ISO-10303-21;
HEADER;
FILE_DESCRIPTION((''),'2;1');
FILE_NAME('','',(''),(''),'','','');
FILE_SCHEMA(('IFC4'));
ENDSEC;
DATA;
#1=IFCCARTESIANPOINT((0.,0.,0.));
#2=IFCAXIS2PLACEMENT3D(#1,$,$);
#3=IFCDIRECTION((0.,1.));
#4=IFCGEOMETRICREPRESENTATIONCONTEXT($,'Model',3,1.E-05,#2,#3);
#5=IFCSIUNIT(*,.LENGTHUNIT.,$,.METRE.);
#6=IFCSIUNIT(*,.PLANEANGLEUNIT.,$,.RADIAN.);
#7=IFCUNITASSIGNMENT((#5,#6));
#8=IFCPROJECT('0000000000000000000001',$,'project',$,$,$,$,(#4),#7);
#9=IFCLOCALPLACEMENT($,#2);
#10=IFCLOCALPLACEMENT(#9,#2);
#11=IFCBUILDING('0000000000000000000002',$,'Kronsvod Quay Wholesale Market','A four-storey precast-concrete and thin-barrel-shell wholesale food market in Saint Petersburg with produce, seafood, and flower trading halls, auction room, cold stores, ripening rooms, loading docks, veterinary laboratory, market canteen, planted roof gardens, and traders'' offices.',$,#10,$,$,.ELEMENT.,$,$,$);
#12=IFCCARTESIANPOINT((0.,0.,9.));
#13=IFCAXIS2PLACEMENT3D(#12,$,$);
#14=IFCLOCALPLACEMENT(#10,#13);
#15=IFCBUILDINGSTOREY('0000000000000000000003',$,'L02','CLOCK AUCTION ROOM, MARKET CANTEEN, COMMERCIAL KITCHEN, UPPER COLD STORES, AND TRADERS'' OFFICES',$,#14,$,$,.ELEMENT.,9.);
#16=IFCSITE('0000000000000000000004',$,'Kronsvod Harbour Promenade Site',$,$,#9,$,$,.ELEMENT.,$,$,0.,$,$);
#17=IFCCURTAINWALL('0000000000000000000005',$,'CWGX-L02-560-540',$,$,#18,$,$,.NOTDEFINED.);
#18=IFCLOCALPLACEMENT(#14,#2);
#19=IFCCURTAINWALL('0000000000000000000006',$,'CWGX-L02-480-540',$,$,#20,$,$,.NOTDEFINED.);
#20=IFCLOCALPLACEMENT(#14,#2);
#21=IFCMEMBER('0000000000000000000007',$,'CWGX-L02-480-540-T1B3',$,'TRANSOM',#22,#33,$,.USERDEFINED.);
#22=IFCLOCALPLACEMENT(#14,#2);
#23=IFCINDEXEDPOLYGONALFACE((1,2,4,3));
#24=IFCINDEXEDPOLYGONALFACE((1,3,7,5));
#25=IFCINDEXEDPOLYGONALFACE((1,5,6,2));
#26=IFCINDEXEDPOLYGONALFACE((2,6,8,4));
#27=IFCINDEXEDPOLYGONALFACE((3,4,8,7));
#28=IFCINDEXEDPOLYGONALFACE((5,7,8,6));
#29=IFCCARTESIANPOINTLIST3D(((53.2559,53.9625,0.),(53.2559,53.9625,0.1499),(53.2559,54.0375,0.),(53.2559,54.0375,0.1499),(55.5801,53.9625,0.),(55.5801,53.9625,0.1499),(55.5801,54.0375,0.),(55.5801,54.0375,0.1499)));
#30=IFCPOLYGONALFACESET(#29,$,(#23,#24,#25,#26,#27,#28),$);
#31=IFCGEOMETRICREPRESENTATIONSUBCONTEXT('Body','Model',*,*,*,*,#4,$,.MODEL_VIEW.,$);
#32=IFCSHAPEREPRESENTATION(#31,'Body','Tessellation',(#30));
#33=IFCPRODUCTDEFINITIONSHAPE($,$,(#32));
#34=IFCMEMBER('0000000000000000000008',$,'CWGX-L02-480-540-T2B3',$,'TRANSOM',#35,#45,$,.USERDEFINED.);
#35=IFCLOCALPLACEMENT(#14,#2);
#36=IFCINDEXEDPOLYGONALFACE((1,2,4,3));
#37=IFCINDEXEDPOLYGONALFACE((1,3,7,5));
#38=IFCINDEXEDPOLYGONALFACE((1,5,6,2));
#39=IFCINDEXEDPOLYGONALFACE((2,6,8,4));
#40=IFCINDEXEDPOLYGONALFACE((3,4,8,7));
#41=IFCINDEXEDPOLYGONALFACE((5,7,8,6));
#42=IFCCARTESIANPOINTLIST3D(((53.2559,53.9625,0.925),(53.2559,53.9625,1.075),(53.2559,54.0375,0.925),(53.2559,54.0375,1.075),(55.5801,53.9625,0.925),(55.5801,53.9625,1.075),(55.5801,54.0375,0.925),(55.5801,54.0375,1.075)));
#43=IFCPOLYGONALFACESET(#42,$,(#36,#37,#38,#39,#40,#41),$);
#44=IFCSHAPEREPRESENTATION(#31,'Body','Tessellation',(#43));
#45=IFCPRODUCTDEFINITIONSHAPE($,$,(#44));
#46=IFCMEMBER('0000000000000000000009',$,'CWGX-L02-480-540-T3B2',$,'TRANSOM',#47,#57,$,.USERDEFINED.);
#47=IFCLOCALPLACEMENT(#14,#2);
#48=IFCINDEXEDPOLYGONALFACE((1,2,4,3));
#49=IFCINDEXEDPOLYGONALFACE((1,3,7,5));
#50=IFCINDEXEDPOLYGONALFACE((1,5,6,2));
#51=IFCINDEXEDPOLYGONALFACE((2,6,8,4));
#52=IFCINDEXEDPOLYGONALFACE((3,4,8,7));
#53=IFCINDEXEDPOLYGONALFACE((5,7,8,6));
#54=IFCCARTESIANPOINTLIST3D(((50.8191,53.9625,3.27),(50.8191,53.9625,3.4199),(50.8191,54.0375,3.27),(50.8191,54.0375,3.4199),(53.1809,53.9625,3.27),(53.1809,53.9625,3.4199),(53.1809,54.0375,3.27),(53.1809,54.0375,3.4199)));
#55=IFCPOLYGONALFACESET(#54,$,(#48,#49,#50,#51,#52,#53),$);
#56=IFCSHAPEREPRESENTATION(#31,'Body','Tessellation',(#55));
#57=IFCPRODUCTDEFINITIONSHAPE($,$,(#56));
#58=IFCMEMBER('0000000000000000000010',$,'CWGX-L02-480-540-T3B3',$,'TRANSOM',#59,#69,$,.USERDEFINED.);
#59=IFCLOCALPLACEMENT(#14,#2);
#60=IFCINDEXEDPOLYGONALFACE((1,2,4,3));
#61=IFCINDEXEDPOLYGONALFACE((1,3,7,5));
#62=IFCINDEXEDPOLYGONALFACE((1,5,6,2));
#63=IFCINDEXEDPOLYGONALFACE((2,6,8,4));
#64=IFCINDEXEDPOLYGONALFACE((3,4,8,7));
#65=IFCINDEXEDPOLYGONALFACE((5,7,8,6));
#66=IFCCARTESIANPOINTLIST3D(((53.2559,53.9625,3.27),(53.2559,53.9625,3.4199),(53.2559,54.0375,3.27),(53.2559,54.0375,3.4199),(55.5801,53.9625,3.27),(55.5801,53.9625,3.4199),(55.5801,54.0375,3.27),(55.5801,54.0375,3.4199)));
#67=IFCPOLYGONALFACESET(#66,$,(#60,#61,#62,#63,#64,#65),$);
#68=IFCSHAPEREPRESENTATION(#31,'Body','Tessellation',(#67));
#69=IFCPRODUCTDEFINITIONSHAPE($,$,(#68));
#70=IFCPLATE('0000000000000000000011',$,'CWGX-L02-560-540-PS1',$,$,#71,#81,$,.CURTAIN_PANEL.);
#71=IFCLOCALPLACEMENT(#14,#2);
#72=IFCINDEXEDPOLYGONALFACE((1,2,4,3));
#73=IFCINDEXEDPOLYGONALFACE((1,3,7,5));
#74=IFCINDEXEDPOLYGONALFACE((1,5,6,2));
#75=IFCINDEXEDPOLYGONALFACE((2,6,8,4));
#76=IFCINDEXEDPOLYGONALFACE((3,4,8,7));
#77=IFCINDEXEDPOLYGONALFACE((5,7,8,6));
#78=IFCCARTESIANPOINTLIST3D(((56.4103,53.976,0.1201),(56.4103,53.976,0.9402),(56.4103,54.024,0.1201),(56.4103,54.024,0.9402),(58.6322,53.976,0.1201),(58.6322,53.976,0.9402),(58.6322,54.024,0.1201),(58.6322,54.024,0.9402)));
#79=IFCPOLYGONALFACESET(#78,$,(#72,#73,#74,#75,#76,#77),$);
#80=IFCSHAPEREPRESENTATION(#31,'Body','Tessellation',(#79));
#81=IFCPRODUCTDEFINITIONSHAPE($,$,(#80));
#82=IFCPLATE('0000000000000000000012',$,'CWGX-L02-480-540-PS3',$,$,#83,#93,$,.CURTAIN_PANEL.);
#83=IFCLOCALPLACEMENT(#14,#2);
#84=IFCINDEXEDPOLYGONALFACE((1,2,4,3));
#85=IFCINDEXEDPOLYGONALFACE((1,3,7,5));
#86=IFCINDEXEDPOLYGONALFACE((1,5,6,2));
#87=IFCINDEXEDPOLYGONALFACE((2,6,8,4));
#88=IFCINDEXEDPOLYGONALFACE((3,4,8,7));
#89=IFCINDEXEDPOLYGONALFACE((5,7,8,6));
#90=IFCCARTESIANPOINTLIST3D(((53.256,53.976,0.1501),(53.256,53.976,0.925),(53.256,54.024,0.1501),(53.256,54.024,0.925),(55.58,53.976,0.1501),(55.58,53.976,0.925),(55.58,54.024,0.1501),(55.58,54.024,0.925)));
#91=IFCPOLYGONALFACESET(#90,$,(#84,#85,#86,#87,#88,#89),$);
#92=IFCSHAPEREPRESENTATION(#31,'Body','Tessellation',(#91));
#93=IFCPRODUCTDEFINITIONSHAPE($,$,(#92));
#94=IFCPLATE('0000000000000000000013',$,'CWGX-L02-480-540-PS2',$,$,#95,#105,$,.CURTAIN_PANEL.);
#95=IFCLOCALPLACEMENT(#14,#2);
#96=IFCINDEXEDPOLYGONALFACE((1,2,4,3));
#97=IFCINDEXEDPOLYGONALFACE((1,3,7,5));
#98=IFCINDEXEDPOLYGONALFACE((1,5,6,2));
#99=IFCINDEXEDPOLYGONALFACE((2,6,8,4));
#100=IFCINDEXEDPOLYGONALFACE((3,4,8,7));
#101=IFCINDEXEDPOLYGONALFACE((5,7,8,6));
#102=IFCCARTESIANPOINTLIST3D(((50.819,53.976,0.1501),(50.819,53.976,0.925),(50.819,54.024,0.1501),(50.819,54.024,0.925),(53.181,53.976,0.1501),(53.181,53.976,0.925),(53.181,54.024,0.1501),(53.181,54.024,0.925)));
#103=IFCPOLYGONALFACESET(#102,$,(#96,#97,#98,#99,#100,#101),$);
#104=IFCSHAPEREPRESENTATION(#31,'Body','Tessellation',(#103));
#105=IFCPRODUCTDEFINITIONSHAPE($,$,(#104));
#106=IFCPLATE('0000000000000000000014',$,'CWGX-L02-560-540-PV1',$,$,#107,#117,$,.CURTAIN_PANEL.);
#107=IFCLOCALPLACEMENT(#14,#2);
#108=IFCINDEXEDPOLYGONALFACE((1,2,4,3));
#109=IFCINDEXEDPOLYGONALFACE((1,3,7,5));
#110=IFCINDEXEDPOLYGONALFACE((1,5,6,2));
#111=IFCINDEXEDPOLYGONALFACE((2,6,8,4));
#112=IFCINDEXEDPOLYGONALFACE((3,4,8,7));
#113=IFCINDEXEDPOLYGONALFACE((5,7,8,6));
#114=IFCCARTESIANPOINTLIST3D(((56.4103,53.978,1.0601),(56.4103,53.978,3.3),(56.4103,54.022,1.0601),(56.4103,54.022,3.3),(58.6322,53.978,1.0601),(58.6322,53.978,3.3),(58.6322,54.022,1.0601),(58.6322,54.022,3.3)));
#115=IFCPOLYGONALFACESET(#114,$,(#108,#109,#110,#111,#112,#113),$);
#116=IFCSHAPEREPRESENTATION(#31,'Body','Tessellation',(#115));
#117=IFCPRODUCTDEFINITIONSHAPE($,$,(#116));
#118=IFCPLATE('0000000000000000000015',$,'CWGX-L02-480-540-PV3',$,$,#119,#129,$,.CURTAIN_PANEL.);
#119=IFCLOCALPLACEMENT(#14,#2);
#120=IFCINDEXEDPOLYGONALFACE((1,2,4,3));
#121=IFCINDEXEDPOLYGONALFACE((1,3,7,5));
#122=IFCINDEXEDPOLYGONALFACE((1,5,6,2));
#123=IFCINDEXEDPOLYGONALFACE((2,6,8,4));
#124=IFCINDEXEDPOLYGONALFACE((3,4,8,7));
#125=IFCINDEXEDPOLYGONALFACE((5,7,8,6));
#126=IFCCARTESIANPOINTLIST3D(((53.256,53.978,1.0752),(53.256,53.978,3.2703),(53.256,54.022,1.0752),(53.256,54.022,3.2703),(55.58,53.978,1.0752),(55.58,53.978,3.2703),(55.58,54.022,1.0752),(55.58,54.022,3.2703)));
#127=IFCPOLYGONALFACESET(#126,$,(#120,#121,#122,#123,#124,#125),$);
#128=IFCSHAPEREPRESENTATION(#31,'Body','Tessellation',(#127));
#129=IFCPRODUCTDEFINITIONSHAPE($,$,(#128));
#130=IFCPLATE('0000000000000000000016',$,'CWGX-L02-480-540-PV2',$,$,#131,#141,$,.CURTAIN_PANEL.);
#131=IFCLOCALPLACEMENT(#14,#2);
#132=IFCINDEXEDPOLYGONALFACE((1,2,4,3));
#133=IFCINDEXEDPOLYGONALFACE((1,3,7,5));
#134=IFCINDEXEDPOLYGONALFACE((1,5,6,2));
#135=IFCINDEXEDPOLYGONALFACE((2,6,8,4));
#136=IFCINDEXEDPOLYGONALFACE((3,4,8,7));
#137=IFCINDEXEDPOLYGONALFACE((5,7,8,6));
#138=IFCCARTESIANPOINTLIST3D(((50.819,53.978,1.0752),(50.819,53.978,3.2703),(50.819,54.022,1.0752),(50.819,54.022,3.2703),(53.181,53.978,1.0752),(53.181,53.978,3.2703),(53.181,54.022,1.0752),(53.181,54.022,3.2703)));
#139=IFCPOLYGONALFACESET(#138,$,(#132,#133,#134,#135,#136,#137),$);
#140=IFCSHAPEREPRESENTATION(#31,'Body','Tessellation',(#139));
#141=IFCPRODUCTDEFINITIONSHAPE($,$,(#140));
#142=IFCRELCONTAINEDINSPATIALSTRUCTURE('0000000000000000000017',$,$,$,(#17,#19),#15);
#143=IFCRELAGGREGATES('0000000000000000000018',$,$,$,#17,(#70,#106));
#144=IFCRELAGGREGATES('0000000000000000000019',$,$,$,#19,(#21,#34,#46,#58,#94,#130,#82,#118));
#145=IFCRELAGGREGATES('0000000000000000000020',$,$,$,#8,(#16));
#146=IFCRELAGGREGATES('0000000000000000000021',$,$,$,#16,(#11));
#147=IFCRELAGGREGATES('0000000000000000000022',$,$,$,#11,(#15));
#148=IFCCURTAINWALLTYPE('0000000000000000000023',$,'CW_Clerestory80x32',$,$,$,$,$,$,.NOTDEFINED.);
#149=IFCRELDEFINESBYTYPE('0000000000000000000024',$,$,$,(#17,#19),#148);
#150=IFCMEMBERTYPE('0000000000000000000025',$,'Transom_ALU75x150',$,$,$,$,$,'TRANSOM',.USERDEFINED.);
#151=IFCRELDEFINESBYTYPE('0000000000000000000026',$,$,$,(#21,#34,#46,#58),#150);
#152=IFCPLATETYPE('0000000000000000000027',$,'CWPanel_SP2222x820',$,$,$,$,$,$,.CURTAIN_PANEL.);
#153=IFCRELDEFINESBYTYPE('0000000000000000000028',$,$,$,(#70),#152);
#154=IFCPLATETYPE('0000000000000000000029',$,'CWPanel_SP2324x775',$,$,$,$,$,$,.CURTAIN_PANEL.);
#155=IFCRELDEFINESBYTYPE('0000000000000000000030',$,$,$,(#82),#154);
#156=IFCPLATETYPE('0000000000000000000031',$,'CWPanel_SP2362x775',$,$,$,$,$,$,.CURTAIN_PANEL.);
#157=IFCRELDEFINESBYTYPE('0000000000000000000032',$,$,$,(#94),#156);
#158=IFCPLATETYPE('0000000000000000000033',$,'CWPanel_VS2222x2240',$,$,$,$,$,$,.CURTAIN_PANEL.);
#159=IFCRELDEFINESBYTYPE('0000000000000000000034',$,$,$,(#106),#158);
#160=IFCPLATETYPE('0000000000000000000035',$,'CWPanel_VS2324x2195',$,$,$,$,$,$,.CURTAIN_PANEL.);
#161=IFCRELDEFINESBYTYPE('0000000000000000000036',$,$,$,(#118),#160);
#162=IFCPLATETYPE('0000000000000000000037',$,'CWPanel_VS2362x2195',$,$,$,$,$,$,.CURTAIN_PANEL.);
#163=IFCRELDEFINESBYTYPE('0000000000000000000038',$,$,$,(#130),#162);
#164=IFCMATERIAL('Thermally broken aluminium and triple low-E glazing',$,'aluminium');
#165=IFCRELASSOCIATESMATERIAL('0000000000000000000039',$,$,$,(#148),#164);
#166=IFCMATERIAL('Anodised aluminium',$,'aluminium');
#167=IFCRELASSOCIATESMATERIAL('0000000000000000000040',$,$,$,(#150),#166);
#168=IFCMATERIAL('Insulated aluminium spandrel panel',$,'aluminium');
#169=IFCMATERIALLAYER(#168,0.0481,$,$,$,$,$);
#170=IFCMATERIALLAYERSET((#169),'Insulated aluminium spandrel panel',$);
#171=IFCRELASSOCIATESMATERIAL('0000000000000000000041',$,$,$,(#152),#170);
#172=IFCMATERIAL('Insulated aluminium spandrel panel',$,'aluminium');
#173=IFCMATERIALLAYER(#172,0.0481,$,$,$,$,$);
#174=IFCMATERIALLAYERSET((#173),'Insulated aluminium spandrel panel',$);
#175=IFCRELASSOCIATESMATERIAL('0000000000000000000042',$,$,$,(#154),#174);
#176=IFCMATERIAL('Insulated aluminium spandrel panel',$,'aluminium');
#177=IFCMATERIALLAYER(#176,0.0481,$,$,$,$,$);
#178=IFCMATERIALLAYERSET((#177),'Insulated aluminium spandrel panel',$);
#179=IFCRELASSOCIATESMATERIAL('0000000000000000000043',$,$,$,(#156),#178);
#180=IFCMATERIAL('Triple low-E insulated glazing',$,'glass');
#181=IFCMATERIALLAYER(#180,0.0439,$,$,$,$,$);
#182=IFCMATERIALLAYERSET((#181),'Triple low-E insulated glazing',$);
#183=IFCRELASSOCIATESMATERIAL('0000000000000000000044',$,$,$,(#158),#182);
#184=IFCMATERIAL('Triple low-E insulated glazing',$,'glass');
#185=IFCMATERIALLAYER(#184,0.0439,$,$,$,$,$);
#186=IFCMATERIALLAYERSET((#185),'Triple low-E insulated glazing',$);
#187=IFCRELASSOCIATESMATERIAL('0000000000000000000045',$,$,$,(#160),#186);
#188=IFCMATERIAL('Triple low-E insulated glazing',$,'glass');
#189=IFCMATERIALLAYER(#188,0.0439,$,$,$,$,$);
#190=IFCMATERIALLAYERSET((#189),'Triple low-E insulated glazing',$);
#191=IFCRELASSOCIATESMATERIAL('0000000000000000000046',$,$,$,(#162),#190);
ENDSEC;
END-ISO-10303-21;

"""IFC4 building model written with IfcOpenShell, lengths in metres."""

from ifc_helpers import new_model, si_unit, direction, frame, origin, origin_2d, place, context, subcontext, project, spatial, rectangle, extrude, material, layer, layer_set, material_profile, profile_set, type_object, element, aggregate, save


model = new_model("IFC4")

# Units and contexts
model_context = context("Model", 3, precision=1e-05, world=origin(), true_north=direction((0.0, 1.0)))
body_context = subcontext(model_context, "Body", "Model", "MODEL_VIEW")
ifc_project = project(units=[si_unit("LENGTHUNIT", "METRE"), si_unit("PLANEANGLEUNIT", "RADIAN")], contexts=[model_context])

# Site, building, storey
site_placement = place(None, origin())
site = spatial("IfcSite", under=ifc_project, at=site_placement, Name="Kronsvod Harbour Promenade Site", CompositionType="ELEMENT", RefElevation=0.0)
building_placement = place(site_placement, origin())
building = spatial("IfcBuilding", under=site, at=building_placement, Name="Kronsvod Quay Wholesale Market", Description="A four-storey precast-concrete and thin-barrel-shell wholesale food market in Saint Petersburg with produce, seafood, and flower trading halls, auction room, cold stores, ripening rooms, loading docks, veterinary laboratory, market canteen, planted roof gardens, and traders' offices.", CompositionType="ELEMENT")
storey_placement = place(building_placement, frame((0.0, 0.0, 9.0)))
storey = spatial("IfcBuildingStorey", under=building, at=storey_placement, Name="L02", Description="CLOCK AUCTION ROOM, MARKET CANTEEN, COMMERCIAL KITCHEN, UPPER COLD STORES, AND TRADERS' OFFICES", CompositionType="ELEMENT", Elevation=9.0)

# Curtain walls
ifc_material_1 = material(Name="Thermally broken aluminium and triple low-E glazing", Category="aluminium")
curtain_wall_type = type_object("IfcCurtainWallType", Name="CW_Clerestory80x32", PredefinedType="NOTDEFINED", material=ifc_material_1)
curtain_wall_1_placement = place(storey_placement, origin())
curtain_wall_1 = element("IfcCurtainWall", 1, at=curtain_wall_1_placement, inside=storey, type_object=curtain_wall_type, Name="CWGX-L02-560-540", PredefinedType="NOTDEFINED")
curtain_wall_2_placement = place(storey_placement, origin())
curtain_wall_2 = element("IfcCurtainWall", 2, at=curtain_wall_2_placement, inside=storey, type_object=curtain_wall_type, Name="CWGX-L02-480-540", PredefinedType="NOTDEFINED")

# Members
ifc_material_2 = material(Name="Anodised aluminium", Category="aluminium")
ifc_material_profile_1 = material_profile(ifc_material_2, rectangle(XDim=0.075, YDim=0.1499, at=origin_2d()), Name="ALUT75x150")
ifc_profile_set_1 = profile_set([ifc_material_profile_1], Name="Anodised aluminium")
member_type_1 = type_object("IfcMemberType", Name="Transom_ALU75x150", ElementType="TRANSOM", PredefinedType="USERDEFINED", material=ifc_profile_set_1)
member_1_placement = place(storey_placement, frame((53.2559, 54.0, 0.075), z_axis=(1.0, 0.0, 0.0), x_axis=(0.0, 1.0, 0.0)))
member_1 = element("IfcMember", 3, at=member_1_placement, type_object=member_type_1, Name="CWGX-L02-480-540-T1B3", ObjectType="TRANSOM", PredefinedType="USERDEFINED", context=body_context, shape_type="SweptSolid", body=[
    extrude(rectangle(XDim=0.075, YDim=0.1499, at=origin_2d()), origin(), (0.0, 0.0, 1.0), 2.3242),
])
member_2_placement = place(storey_placement, frame((53.2559, 54.0, 1.0), z_axis=(1.0, 0.0, 0.0), x_axis=(0.0, 1.0, 0.0)))
member_2 = element("IfcMember", 4, at=member_2_placement, type_object=member_type_1, Name="CWGX-L02-480-540-T2B3", ObjectType="TRANSOM", PredefinedType="USERDEFINED", context=body_context, shape_type="SweptSolid", body=[
    extrude(rectangle(XDim=0.075, YDim=0.1499, at=origin_2d()), origin(), (0.0, 0.0, 1.0), 2.3242),
])
member_3_placement = place(storey_placement, frame((50.8191, 54.0, 3.345), z_axis=(1.0, 0.0, 0.0), x_axis=(0.0, 1.0, 0.0)))
member_3 = element("IfcMember", 5, at=member_3_placement, type_object=member_type_1, Name="CWGX-L02-480-540-T3B2", ObjectType="TRANSOM", PredefinedType="USERDEFINED", context=body_context, shape_type="SweptSolid", body=[
    extrude(rectangle(XDim=0.075, YDim=0.1499, at=origin_2d()), origin(), (0.0, 0.0, 1.0), 2.3618),
])
member_4_placement = place(storey_placement, frame((53.2559, 54.0, 3.345), z_axis=(1.0, 0.0, 0.0), x_axis=(0.0, 1.0, 0.0)))
member_4 = element("IfcMember", 6, at=member_4_placement, type_object=member_type_1, Name="CWGX-L02-480-540-T3B3", ObjectType="TRANSOM", PredefinedType="USERDEFINED", context=body_context, shape_type="SweptSolid", body=[
    extrude(rectangle(XDim=0.075, YDim=0.1499, at=origin_2d()), origin(), (0.0, 0.0, 1.0), 2.3242),
])

# Plates
ifc_material_3 = material(Name="Insulated aluminium spandrel panel", Category="aluminium")
ifc_layer_1 = layer(ifc_material_3, 0.0481)
ifc_layer_set_1 = layer_set([ifc_layer_1], Name="Insulated aluminium spandrel panel")
plate_type_1 = type_object("IfcPlateType", Name="CWPanel_SP2222x820", PredefinedType="CURTAIN_PANEL", material=ifc_layer_set_1)
plate_1_placement = place(storey_placement, frame((57.5212, 54.0, 0.1201), z_axis=(0.0, 0.0, 1.0), x_axis=(1.0, 0.0, 0.0)))
plate_1 = element("IfcPlate", 7, at=plate_1_placement, type_object=plate_type_1, Name="CWGX-L02-560-540-PS1", PredefinedType="CURTAIN_PANEL", context=body_context, shape_type="SweptSolid", body=[
    extrude(rectangle(XDim=2.2219, YDim=0.0481, at=origin_2d()), origin(), (0.0, 0.0, 1.0), 0.8201),
])
ifc_material_4 = material(Name="Insulated aluminium spandrel panel", Category="aluminium")
ifc_layer_2 = layer(ifc_material_4, 0.0481)
ifc_layer_set_2 = layer_set([ifc_layer_2], Name="Insulated aluminium spandrel panel")
plate_type_2 = type_object("IfcPlateType", Name="CWPanel_SP2324x775", PredefinedType="CURTAIN_PANEL", material=ifc_layer_set_2)
plate_2_placement = place(storey_placement, frame((54.418, 54.0, 0.1501), z_axis=(0.0, 0.0, 1.0), x_axis=(1.0, 0.0, 0.0)))
plate_2 = element("IfcPlate", 8, at=plate_2_placement, type_object=plate_type_2, Name="CWGX-L02-480-540-PS3", PredefinedType="CURTAIN_PANEL", context=body_context, shape_type="SweptSolid", body=[
    extrude(rectangle(XDim=2.324, YDim=0.0481, at=origin_2d()), origin(), (0.0, 0.0, 1.0), 0.7749),
])
ifc_material_5 = material(Name="Insulated aluminium spandrel panel", Category="aluminium")
ifc_layer_3 = layer(ifc_material_5, 0.0481)
ifc_layer_set_3 = layer_set([ifc_layer_3], Name="Insulated aluminium spandrel panel")
plate_type_3 = type_object("IfcPlateType", Name="CWPanel_SP2362x775", PredefinedType="CURTAIN_PANEL", material=ifc_layer_set_3)
plate_3_placement = place(storey_placement, frame((52.0, 54.0, 0.1501), z_axis=(0.0, 0.0, 1.0), x_axis=(1.0, 0.0, 0.0)))
plate_3 = element("IfcPlate", 9, at=plate_3_placement, type_object=plate_type_3, Name="CWGX-L02-480-540-PS2", PredefinedType="CURTAIN_PANEL", context=body_context, shape_type="SweptSolid", body=[
    extrude(rectangle(XDim=2.3621, YDim=0.0481, at=origin_2d()), origin(), (0.0, 0.0, 1.0), 0.7749),
])
ifc_material_6 = material(Name="Triple low-E insulated glazing", Category="glass")
ifc_layer_4 = layer(ifc_material_6, 0.0439)
ifc_layer_set_4 = layer_set([ifc_layer_4], Name="Triple low-E insulated glazing")
plate_type_4 = type_object("IfcPlateType", Name="CWPanel_VS2222x2240", PredefinedType="CURTAIN_PANEL", material=ifc_layer_set_4)
plate_4_placement = place(storey_placement, frame((57.5212, 54.0, 1.0601), z_axis=(0.0, 0.0, 1.0), x_axis=(1.0, 0.0, 0.0)))
plate_4 = element("IfcPlate", 10, at=plate_4_placement, type_object=plate_type_4, Name="CWGX-L02-560-540-PV1", PredefinedType="CURTAIN_PANEL", context=body_context, shape_type="SweptSolid", body=[
    extrude(rectangle(XDim=2.2219, YDim=0.0439, at=origin_2d()), origin(), (0.0, 0.0, 1.0), 2.24),
])
aggregate(curtain_wall_1, [plate_1, plate_4])
ifc_material_7 = material(Name="Triple low-E insulated glazing", Category="glass")
ifc_layer_5 = layer(ifc_material_7, 0.0439)
ifc_layer_set_5 = layer_set([ifc_layer_5], Name="Triple low-E insulated glazing")
plate_type_5 = type_object("IfcPlateType", Name="CWPanel_VS2324x2195", PredefinedType="CURTAIN_PANEL", material=ifc_layer_set_5)
plate_5_placement = place(storey_placement, frame((54.418, 54.0, 1.0752), z_axis=(0.0, 0.0, 1.0), x_axis=(1.0, 0.0, 0.0)))
plate_5 = element("IfcPlate", 11, at=plate_5_placement, type_object=plate_type_5, Name="CWGX-L02-480-540-PV3", PredefinedType="CURTAIN_PANEL", context=body_context, shape_type="SweptSolid", body=[
    extrude(rectangle(XDim=2.324, YDim=0.0439, at=origin_2d()), origin(), (0.0, 0.0, 1.0), 2.1951),
])
ifc_material_8 = material(Name="Triple low-E insulated glazing", Category="glass")
ifc_layer_6 = layer(ifc_material_8, 0.0439)
ifc_layer_set_6 = layer_set([ifc_layer_6], Name="Triple low-E insulated glazing")
plate_type_6 = type_object("IfcPlateType", Name="CWPanel_VS2362x2195", PredefinedType="CURTAIN_PANEL", material=ifc_layer_set_6)
plate_6_placement = place(storey_placement, frame((52.0, 54.0, 1.0752), z_axis=(0.0, 0.0, 1.0), x_axis=(1.0, 0.0, 0.0)))
plate_6 = element("IfcPlate", 12, at=plate_6_placement, type_object=plate_type_6, Name="CWGX-L02-480-540-PV2", PredefinedType="CURTAIN_PANEL", context=body_context, shape_type="SweptSolid", body=[
    extrude(rectangle(XDim=2.3621, YDim=0.0439, at=origin_2d()), origin(), (0.0, 0.0, 1.0), 2.1951),
])
aggregate(curtain_wall_2, [member_1, member_2, member_3, member_4, plate_3, plate_6, plate_2, plate_5])

save(model, "model.ifc")
